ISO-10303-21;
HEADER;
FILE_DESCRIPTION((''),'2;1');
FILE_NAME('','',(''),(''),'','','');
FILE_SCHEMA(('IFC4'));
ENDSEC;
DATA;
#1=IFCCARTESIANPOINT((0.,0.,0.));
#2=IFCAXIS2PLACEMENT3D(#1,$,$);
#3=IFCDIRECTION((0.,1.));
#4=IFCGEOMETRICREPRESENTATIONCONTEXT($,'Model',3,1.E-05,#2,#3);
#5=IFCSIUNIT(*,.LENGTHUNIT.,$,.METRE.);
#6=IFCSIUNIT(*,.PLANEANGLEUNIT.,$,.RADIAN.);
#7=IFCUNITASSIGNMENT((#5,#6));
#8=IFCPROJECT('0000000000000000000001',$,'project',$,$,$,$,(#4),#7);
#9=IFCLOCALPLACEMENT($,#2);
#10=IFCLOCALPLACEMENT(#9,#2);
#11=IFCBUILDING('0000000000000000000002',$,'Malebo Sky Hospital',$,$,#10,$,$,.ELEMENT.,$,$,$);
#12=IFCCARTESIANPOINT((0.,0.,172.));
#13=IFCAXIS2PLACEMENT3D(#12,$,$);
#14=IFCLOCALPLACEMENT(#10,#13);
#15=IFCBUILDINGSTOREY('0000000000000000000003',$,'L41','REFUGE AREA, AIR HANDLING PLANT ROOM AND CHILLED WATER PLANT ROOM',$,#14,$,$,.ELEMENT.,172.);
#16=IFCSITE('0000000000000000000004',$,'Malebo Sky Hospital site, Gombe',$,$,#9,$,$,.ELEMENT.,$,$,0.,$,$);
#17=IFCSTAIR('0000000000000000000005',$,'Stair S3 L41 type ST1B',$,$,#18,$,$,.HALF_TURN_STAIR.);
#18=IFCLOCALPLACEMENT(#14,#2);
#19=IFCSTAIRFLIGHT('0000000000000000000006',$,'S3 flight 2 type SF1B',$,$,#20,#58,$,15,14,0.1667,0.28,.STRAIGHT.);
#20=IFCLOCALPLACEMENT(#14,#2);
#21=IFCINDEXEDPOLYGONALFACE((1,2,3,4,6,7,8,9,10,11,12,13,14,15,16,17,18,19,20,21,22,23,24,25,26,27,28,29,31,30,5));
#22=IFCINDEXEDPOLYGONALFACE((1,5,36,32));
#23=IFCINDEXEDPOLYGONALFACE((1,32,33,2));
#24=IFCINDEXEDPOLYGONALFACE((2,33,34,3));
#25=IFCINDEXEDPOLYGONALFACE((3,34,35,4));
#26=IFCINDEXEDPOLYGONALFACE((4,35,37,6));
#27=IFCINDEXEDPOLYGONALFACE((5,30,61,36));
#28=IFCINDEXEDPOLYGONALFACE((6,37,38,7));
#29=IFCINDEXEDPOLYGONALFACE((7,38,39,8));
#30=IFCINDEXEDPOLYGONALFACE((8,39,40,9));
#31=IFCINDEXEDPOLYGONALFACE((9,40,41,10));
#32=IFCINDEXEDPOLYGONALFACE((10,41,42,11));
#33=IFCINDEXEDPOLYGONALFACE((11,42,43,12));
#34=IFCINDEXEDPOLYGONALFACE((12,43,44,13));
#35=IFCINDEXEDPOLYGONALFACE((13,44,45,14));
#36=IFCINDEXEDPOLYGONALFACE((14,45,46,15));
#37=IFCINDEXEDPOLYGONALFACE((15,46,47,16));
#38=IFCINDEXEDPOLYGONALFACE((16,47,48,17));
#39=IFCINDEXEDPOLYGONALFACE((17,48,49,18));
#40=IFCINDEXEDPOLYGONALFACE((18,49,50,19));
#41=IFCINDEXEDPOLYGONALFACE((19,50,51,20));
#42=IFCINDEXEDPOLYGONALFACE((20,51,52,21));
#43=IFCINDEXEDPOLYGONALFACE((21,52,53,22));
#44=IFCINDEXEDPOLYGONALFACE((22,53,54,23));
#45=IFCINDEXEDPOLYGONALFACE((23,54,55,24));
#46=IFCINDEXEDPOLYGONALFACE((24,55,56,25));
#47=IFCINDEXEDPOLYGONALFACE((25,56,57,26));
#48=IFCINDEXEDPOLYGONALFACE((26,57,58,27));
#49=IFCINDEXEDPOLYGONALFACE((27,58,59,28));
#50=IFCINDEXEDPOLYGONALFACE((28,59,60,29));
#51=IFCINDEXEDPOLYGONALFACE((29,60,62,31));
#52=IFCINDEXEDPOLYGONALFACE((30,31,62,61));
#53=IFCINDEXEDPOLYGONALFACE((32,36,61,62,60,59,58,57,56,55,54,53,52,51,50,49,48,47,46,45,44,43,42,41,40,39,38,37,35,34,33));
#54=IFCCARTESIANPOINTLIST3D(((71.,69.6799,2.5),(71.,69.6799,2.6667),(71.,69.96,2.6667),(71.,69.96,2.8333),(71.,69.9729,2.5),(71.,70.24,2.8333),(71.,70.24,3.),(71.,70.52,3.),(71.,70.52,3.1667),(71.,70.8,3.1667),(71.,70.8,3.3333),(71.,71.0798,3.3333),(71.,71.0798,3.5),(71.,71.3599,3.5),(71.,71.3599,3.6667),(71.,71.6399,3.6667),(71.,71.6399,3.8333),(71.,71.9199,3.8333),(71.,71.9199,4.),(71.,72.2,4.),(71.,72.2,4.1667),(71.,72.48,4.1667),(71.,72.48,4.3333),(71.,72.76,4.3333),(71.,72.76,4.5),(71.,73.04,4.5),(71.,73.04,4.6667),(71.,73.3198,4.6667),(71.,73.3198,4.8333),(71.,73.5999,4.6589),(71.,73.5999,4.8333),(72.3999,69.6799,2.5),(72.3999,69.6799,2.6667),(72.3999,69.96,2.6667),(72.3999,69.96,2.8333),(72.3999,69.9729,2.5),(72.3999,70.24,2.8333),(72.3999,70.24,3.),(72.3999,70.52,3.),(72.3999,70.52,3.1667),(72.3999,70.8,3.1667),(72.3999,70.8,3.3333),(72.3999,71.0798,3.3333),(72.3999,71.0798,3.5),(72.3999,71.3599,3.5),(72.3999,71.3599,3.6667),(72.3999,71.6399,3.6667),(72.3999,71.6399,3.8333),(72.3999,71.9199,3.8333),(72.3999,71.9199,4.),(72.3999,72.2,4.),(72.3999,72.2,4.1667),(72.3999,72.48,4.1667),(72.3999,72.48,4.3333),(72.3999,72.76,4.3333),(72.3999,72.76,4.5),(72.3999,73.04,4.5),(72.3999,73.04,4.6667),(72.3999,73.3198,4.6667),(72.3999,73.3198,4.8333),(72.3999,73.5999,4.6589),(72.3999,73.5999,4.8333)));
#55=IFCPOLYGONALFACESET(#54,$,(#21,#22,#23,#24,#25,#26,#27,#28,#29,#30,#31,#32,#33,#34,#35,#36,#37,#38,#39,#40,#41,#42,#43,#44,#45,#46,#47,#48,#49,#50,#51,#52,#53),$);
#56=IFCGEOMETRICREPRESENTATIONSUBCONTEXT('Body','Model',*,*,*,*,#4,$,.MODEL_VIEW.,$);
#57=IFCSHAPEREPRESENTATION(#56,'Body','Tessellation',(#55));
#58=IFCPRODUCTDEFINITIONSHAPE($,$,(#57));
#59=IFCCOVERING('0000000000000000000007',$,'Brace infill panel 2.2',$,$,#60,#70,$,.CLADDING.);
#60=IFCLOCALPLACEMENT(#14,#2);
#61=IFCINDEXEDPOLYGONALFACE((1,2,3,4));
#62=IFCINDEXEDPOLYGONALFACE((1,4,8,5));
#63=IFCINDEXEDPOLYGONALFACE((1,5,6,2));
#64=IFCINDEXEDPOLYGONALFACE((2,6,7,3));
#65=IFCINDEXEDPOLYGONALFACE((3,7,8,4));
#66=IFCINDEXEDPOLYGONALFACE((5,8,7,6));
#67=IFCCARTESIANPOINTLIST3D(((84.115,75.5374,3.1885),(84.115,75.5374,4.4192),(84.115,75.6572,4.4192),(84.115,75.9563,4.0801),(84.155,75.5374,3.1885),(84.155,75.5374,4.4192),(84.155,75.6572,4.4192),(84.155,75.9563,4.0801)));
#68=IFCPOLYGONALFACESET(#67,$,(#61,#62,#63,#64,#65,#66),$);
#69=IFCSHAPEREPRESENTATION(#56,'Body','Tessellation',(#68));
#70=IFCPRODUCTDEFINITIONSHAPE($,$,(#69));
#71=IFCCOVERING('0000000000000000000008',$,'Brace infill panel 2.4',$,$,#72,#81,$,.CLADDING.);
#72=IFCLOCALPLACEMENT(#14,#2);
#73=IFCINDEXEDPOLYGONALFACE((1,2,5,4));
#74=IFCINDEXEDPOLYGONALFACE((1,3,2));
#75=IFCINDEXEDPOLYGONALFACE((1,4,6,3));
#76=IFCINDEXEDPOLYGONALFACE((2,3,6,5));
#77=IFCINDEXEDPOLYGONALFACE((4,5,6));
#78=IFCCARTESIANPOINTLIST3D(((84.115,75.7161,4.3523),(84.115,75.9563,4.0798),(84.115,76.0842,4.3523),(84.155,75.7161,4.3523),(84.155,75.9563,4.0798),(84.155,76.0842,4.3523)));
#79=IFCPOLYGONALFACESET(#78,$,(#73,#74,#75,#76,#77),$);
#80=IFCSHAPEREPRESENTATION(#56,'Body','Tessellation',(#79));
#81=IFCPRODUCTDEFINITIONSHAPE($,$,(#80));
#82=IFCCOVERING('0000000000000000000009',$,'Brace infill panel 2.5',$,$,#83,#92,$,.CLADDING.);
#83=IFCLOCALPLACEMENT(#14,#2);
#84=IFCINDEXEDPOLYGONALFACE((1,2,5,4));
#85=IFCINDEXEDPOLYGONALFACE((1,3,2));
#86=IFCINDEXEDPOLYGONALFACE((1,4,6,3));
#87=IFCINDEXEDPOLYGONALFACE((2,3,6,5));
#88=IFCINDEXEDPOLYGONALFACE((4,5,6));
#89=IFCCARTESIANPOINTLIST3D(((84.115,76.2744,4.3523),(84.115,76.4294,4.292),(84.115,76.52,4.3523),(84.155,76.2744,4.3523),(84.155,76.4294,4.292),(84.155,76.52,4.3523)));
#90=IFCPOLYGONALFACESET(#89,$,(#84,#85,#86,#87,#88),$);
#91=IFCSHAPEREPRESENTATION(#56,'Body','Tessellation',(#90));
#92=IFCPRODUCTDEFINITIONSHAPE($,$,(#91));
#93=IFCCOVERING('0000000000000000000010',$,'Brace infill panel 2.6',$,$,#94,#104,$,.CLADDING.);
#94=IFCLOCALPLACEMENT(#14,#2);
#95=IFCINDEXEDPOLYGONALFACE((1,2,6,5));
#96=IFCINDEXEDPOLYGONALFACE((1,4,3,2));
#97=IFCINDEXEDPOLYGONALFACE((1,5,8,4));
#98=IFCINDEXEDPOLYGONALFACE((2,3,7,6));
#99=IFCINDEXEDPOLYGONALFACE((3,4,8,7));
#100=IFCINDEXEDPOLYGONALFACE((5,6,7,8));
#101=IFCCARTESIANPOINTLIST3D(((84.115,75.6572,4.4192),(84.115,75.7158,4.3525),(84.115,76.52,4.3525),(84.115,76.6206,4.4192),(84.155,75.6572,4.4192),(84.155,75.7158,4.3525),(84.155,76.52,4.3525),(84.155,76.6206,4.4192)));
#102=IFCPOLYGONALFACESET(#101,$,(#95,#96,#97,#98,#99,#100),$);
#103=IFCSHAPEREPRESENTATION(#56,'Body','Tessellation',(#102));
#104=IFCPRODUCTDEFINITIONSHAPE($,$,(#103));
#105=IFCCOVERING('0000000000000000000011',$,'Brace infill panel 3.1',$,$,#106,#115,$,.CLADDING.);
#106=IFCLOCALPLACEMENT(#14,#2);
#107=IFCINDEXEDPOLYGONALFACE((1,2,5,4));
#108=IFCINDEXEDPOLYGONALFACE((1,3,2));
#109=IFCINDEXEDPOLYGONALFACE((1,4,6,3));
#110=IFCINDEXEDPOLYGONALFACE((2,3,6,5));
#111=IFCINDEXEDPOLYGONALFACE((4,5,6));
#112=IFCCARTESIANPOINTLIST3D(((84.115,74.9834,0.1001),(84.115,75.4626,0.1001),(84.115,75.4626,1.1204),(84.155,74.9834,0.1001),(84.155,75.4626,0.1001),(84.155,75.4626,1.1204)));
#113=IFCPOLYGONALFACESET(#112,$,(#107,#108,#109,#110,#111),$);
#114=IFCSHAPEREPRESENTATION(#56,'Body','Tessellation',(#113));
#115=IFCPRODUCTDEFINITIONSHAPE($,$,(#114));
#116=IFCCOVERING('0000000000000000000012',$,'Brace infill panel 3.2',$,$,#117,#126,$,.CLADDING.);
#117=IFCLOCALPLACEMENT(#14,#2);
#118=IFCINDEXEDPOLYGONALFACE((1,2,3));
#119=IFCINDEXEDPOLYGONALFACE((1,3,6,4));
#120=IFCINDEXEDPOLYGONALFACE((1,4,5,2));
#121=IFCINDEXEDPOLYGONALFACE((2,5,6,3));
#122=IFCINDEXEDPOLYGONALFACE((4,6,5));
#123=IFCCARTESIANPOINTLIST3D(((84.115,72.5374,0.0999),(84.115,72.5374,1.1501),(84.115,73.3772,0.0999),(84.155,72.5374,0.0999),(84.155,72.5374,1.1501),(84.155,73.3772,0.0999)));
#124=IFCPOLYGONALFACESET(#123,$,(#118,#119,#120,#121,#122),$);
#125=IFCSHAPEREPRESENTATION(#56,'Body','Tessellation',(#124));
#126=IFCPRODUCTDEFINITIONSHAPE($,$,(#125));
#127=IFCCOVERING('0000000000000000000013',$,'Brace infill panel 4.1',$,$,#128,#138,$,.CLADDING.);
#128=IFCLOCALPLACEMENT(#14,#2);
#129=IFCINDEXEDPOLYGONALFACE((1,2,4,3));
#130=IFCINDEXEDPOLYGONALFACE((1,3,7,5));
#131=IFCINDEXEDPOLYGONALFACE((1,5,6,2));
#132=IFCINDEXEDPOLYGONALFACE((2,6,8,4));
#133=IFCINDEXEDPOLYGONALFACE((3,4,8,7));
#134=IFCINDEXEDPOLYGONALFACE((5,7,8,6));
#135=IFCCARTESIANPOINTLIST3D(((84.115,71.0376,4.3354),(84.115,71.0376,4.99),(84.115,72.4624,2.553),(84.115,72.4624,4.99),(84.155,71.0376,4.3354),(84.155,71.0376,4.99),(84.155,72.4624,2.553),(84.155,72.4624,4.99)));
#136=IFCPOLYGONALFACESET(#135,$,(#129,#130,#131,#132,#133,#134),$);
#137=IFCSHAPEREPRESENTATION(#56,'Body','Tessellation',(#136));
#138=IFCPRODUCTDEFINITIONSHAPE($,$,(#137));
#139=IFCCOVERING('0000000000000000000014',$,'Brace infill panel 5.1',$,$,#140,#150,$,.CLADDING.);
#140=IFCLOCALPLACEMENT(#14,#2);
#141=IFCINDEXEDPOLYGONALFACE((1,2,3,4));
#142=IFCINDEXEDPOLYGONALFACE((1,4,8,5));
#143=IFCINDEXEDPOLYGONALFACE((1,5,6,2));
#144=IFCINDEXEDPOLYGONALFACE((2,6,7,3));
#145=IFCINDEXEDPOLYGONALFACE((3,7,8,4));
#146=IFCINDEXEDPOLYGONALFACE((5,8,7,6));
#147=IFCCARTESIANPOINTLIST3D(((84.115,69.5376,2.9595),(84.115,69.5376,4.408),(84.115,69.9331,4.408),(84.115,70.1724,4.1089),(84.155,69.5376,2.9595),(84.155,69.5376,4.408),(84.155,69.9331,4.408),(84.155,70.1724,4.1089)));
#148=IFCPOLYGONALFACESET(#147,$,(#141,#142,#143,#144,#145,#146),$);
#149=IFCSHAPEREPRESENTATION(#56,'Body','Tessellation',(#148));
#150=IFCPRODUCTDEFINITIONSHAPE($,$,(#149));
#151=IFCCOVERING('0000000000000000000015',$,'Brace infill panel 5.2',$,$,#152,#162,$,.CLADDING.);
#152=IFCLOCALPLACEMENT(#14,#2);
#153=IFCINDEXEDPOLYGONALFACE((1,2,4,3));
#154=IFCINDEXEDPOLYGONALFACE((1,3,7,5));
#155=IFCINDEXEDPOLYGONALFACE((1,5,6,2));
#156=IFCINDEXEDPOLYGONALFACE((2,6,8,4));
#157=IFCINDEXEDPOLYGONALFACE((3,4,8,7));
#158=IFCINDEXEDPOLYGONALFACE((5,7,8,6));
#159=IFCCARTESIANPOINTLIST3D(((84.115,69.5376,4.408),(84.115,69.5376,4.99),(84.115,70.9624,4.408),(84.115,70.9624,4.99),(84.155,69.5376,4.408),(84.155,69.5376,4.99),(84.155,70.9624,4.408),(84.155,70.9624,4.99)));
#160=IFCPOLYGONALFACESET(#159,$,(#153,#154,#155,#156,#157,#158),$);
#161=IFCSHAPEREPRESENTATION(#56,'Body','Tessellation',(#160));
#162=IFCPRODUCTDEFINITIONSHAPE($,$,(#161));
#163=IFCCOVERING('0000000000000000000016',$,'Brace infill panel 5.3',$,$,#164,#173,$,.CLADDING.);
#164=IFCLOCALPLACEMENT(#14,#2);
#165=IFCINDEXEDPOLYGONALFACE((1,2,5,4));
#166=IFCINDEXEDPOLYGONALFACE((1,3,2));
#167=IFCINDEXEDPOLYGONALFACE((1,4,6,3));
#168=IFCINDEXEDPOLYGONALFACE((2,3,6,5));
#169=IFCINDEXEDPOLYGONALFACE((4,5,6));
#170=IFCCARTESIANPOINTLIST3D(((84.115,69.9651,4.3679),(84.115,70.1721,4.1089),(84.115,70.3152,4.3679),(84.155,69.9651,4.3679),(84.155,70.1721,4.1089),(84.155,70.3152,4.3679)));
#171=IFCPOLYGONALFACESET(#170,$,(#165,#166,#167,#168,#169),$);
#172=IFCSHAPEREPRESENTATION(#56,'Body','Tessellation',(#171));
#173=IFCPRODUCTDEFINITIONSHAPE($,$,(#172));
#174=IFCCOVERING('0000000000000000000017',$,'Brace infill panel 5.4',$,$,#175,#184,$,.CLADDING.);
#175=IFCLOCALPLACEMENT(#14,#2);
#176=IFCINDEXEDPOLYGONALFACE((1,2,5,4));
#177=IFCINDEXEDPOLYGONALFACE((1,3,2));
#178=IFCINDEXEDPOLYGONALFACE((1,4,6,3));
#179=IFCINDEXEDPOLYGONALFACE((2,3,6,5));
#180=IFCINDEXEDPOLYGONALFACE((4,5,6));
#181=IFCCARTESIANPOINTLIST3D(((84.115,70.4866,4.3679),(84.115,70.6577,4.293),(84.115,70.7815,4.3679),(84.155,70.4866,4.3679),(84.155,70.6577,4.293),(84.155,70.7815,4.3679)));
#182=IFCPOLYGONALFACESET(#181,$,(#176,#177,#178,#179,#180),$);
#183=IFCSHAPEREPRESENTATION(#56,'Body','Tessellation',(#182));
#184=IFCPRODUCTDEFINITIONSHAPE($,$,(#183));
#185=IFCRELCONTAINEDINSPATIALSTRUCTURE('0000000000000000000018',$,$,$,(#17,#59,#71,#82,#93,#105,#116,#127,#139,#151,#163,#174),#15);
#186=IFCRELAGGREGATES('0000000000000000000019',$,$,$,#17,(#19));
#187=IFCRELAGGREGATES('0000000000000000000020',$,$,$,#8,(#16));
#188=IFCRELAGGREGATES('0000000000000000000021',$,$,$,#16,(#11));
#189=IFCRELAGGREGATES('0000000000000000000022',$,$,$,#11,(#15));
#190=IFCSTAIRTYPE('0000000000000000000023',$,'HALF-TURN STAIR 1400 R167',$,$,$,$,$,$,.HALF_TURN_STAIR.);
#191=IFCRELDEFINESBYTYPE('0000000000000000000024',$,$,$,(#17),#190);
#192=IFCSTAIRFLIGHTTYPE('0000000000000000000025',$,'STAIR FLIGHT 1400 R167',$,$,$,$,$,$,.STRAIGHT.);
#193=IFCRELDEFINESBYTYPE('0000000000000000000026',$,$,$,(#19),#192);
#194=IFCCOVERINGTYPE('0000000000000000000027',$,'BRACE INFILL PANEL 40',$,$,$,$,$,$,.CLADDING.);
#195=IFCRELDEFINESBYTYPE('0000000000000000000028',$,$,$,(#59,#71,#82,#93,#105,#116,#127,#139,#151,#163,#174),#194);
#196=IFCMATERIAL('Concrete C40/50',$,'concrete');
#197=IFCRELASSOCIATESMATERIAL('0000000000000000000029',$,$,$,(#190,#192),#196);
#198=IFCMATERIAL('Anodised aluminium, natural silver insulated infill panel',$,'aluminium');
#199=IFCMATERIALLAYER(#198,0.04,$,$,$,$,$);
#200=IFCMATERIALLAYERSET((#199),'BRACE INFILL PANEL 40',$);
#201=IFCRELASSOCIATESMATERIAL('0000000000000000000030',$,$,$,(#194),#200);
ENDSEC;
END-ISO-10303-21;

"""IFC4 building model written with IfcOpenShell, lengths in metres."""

from ifc_helpers import new_model, si_unit, direction, frame, origin, place, context, subcontext, project, spatial, polyline, outline, extrude, material, layer, layer_set, type_object, element, aggregate, save


model = new_model("IFC4")

# Units and contexts
model_context = context("Model", 3, precision=1e-05, world=origin(), true_north=direction((0.0, 1.0)))
body_context = subcontext(model_context, "Body", "Model", "MODEL_VIEW")
ifc_project = project(units=[si_unit("LENGTHUNIT", "METRE"), si_unit("PLANEANGLEUNIT", "RADIAN")], contexts=[model_context])

# Site, building, storey
site_placement = place(None, origin())
site = spatial("IfcSite", under=ifc_project, at=site_placement, Name="Malebo Sky Hospital site, Gombe", CompositionType="ELEMENT", RefElevation=0.0)
building_placement = place(site_placement, origin())
building = spatial("IfcBuilding", under=site, at=building_placement, Name="Malebo Sky Hospital", CompositionType="ELEMENT")
storey_placement = place(building_placement, frame((0.0, 0.0, 172.0)))
storey = spatial("IfcBuildingStorey", under=building, at=storey_placement, Name="L41", Description="REFUGE AREA, AIR HANDLING PLANT ROOM AND CHILLED WATER PLANT ROOM", CompositionType="ELEMENT", Elevation=172.0)

# Stair, stair flight
ifc_material_1 = material(Name="Concrete C40/50", Category="concrete")
stair_type = type_object("IfcStairType", Name="HALF-TURN STAIR 1400 R167", PredefinedType="HALF_TURN_STAIR", material=ifc_material_1)
stair_placement = place(storey_placement, origin())
stair = element("IfcStair", 1, at=stair_placement, inside=storey, type_object=stair_type, Name="Stair S3 L41 type ST1B", PredefinedType="HALF_TURN_STAIR")
stair_flight_type = type_object("IfcStairFlightType", Name="STAIR FLIGHT 1400 R167", PredefinedType="STRAIGHT", material=ifc_material_1)
stair_flight_placement = place(storey_placement, frame((71.7, 69.6799, 2.5), z_axis=(0.0, 0.0, 1.0), x_axis=(0.0, 1.0, 0.0)))
stair_flight = element("IfcStairFlight", 2, at=stair_flight_placement, type_object=stair_flight_type, Name="S3 flight 2 type SF1B", NumberOfRisers=15, NumberOfTreads=14, PredefinedType="STRAIGHT", RiserHeight=0.1667, TreadLength=0.28, context=body_context, shape_type="SweptSolid", body=[
    extrude(outline(polyline([(0.0, 0.0), (0.0, 0.1667), (0.28, 0.1667), (0.28, 0.3333), (0.5601, 0.3333), (0.5601, 0.5), (0.8401, 0.5), (0.8401, 0.6667), (1.1201, 0.6667), (1.1201, 0.8333), (1.3999, 0.8333), (1.3999, 1.0), (1.6799, 1.0), (1.6799, 1.1667), (1.96, 1.1667), (1.96, 1.3333), (2.24, 1.3333), (2.24, 1.5), (2.52, 1.5), (2.52, 1.6667), (2.8, 1.6667), (2.8, 1.8333), (3.0801, 1.8333), (3.0801, 2.0), (3.3601, 2.0), (3.3601, 2.1667), (3.6399, 2.1667), (3.6399, 2.3333), (3.9199, 2.3333), (3.9199, 2.5), (3.9199, 2.1589), (0.293, 0.0), (0.0, 0.0)])), frame((0.0, 0.7, 0.0), z_axis=(0.0, -1.0, 0.0), x_axis=(1.0, 0.0, 0.0)), (0.0, 0.0, 1.0), 1.3999),
])
aggregate(stair, [stair_flight])

# Coverings
ifc_material_2 = material(Name="Anodised aluminium, natural silver insulated infill panel", Category="aluminium")
ifc_layer_1 = layer(ifc_material_2, 0.04)
ifc_layer_set_1 = layer_set([ifc_layer_1], Name="BRACE INFILL PANEL 40")
covering_type = type_object("IfcCoveringType", Name="BRACE INFILL PANEL 40", PredefinedType="CLADDING", material=ifc_layer_set_1)
covering_1_placement = place(storey_placement, frame((84.135, 75.7468, 3.1885), z_axis=(0.0, 0.0, 1.0), x_axis=(0.0, -1.0, 0.0)))
element("IfcCovering", 3, at=covering_1_placement, inside=storey, type_object=covering_type, Name="Brace infill panel 2.2", PredefinedType="CLADDING", context=body_context, shape_type="SweptSolid", body=[
    extrude(outline(polyline([(0.2095, 0.0), (0.2095, 1.2307), (0.0896, 1.2307), (-0.2095, 0.8916), (0.2095, 0.0)])), frame((0.0, 0.02, 0.0), z_axis=(0.0, -1.0, 0.0), x_axis=(1.0, 0.0, 0.0)), (0.0, 0.0, 1.0), 0.04),
])
covering_2_placement = place(storey_placement, frame((84.135, 75.9001, 4.0798), z_axis=(0.0, 0.0, 1.0), x_axis=(0.0, -1.0, 0.0)))
element("IfcCovering", 4, at=covering_2_placement, inside=storey, type_object=covering_type, Name="Brace infill panel 2.4", PredefinedType="CLADDING", context=body_context, shape_type="SweptSolid", body=[
    extrude(outline(polyline([(-0.0562, 0.0), (0.1841, 0.2725), (-0.1841, 0.2725), (-0.0562, 0.0)])), frame((0.0, 0.02, 0.0), z_axis=(0.0, -1.0, 0.0), x_axis=(1.0, 0.0, 0.0)), (0.0, 0.0, 1.0), 0.04),
])
covering_3_placement = place(storey_placement, frame((84.135, 76.3972, 4.292), z_axis=(0.0, 0.0, 1.0), x_axis=(0.0, -1.0, 0.0)))
element("IfcCovering", 5, at=covering_3_placement, inside=storey, type_object=covering_type, Name="Brace infill panel 2.5", PredefinedType="CLADDING", context=body_context, shape_type="SweptSolid", body=[
    extrude(outline(polyline([(-0.0322, 0.0), (0.1228, 0.0603), (-0.1228, 0.0603), (-0.0322, 0.0)])), frame((0.0, 0.02, 0.0), z_axis=(0.0, -1.0, 0.0), x_axis=(1.0, 0.0, 0.0)), (0.0, 0.0, 1.0), 0.04),
])
covering_4_placement = place(storey_placement, frame((84.135, 76.1389, 4.3525), z_axis=(0.0, 0.0, 1.0), x_axis=(0.0, -1.0, 0.0)))
element("IfcCovering", 6, at=covering_4_placement, inside=storey, type_object=covering_type, Name="Brace infill panel 2.6", PredefinedType="CLADDING", context=body_context, shape_type="SweptSolid", body=[
    extrude(outline(polyline([(-0.3811, 0.0), (0.4231, 0.0), (0.4817, 0.0667), (-0.4817, 0.0667), (-0.3811, 0.0)])), frame((0.0, 0.02, 0.0), z_axis=(0.0, -1.0, 0.0), x_axis=(1.0, 0.0, 0.0)), (0.0, 0.0, 1.0), 0.04),
])
covering_5_placement = place(storey_placement, frame((84.135, 75.2229, 0.1001), z_axis=(0.0, 0.0, 1.0), x_axis=(0.0, -1.0, 0.0)))
element("IfcCovering", 7, at=covering_5_placement, inside=storey, type_object=covering_type, Name="Brace infill panel 3.1", PredefinedType="CLADDING", context=body_context, shape_type="SweptSolid", body=[
    extrude(outline(polyline([(-0.2397, 0.0), (0.2395, 0.0), (-0.2397, 1.0203), (-0.2397, 0.0)])), frame((0.0, 0.02, 0.0), z_axis=(0.0, -1.0, 0.0), x_axis=(1.0, 0.0, 0.0)), (0.0, 0.0, 1.0), 0.04),
])
covering_6_placement = place(storey_placement, frame((84.135, 72.9573, 0.0999), z_axis=(0.0, 0.0, 1.0), x_axis=(0.0, -1.0, 0.0)))
element("IfcCovering", 8, at=covering_6_placement, inside=storey, type_object=covering_type, Name="Brace infill panel 3.2", PredefinedType="CLADDING", context=body_context, shape_type="SweptSolid", body=[
    extrude(outline(polyline([(-0.4199, 0.0), (0.4199, 0.0), (0.4199, 1.0503), (-0.4199, 0.0)])), frame((0.0, 0.02, 0.0), z_axis=(0.0, -1.0, 0.0), x_axis=(1.0, 0.0, 0.0)), (0.0, 0.0, 1.0), 0.04),
])
covering_7_placement = place(storey_placement, frame((84.135, 71.75, 2.553), z_axis=(0.0, 0.0, 1.0), x_axis=(0.0, -1.0, 0.0)))
element("IfcCovering", 9, at=covering_7_placement, inside=storey, type_object=covering_type, Name="Brace infill panel 4.1", PredefinedType="CLADDING", context=body_context, shape_type="SweptSolid", body=[
    extrude(outline(polyline([(-0.7124, 0.0), (0.7124, 1.7825), (0.7124, 2.437), (-0.7124, 2.437), (-0.7124, 0.0)])), frame((0.0, 0.02, 0.0), z_axis=(0.0, -1.0, 0.0), x_axis=(1.0, 0.0, 0.0)), (0.0, 0.0, 1.0), 0.04),
])
covering_8_placement = place(storey_placement, frame((84.135, 69.855, 2.9595), z_axis=(0.0, 0.0, 1.0), x_axis=(0.0, -1.0, 0.0)))
element("IfcCovering", 10, at=covering_8_placement, inside=storey, type_object=covering_type, Name="Brace infill panel 5.1", PredefinedType="CLADDING", context=body_context, shape_type="SweptSolid", body=[
    extrude(outline(polyline([(0.3174, 0.0), (0.3174, 1.4485), (-0.0781, 1.4485), (-0.3174, 1.1494), (0.3174, 0.0)])), frame((0.0, 0.02, 0.0), z_axis=(0.0, -1.0, 0.0), x_axis=(1.0, 0.0, 0.0)), (0.0, 0.0, 1.0), 0.04),
])
covering_9_placement = place(storey_placement, frame((84.135, 70.25, 4.408), z_axis=(0.0, 0.0, 1.0), x_axis=(0.0, -1.0, 0.0)))
element("IfcCovering", 11, at=covering_9_placement, inside=storey, type_object=covering_type, Name="Brace infill panel 5.2", PredefinedType="CLADDING", context=body_context, shape_type="SweptSolid", body=[
    extrude(outline(polyline([(-0.7124, 0.0), (0.7124, 0.0), (0.7124, 0.582), (-0.7124, 0.582), (-0.7124, 0.0)])), frame((0.0, 0.02, 0.0), z_axis=(0.0, -1.0, 0.0), x_axis=(1.0, 0.0, 0.0)), (0.0, 0.0, 1.0), 0.04),
])
covering_10_placement = place(storey_placement, frame((84.135, 70.1401, 4.1089), z_axis=(0.0, 0.0, 1.0), x_axis=(0.0, -1.0, 0.0)))
element("IfcCovering", 12, at=covering_10_placement, inside=storey, type_object=covering_type, Name="Brace infill panel 5.3", PredefinedType="CLADDING", context=body_context, shape_type="SweptSolid", body=[
    extrude(outline(polyline([(-0.032, 0.0), (0.175, 0.259), (-0.175, 0.259), (-0.032, 0.0)])), frame((0.0, 0.02, 0.0), z_axis=(0.0, -1.0, 0.0), x_axis=(1.0, 0.0, 0.0)), (0.0, 0.0, 1.0), 0.04),
])
covering_11_placement = place(storey_placement, frame((84.135, 70.634, 4.293), z_axis=(0.0, 0.0, 1.0), x_axis=(0.0, -1.0, 0.0)))
element("IfcCovering", 13, at=covering_11_placement, inside=storey, type_object=covering_type, Name="Brace infill panel 5.4", PredefinedType="CLADDING", context=body_context, shape_type="SweptSolid", body=[
    extrude(outline(polyline([(-0.0237, 0.0), (0.1475, 0.075), (-0.1475, 0.075), (-0.0237, 0.0)])), frame((0.0, 0.02, 0.0), z_axis=(0.0, -1.0, 0.0), x_axis=(1.0, 0.0, 0.0)), (0.0, 0.0, 1.0), 0.04),
])

save(model, "model.ifc")
